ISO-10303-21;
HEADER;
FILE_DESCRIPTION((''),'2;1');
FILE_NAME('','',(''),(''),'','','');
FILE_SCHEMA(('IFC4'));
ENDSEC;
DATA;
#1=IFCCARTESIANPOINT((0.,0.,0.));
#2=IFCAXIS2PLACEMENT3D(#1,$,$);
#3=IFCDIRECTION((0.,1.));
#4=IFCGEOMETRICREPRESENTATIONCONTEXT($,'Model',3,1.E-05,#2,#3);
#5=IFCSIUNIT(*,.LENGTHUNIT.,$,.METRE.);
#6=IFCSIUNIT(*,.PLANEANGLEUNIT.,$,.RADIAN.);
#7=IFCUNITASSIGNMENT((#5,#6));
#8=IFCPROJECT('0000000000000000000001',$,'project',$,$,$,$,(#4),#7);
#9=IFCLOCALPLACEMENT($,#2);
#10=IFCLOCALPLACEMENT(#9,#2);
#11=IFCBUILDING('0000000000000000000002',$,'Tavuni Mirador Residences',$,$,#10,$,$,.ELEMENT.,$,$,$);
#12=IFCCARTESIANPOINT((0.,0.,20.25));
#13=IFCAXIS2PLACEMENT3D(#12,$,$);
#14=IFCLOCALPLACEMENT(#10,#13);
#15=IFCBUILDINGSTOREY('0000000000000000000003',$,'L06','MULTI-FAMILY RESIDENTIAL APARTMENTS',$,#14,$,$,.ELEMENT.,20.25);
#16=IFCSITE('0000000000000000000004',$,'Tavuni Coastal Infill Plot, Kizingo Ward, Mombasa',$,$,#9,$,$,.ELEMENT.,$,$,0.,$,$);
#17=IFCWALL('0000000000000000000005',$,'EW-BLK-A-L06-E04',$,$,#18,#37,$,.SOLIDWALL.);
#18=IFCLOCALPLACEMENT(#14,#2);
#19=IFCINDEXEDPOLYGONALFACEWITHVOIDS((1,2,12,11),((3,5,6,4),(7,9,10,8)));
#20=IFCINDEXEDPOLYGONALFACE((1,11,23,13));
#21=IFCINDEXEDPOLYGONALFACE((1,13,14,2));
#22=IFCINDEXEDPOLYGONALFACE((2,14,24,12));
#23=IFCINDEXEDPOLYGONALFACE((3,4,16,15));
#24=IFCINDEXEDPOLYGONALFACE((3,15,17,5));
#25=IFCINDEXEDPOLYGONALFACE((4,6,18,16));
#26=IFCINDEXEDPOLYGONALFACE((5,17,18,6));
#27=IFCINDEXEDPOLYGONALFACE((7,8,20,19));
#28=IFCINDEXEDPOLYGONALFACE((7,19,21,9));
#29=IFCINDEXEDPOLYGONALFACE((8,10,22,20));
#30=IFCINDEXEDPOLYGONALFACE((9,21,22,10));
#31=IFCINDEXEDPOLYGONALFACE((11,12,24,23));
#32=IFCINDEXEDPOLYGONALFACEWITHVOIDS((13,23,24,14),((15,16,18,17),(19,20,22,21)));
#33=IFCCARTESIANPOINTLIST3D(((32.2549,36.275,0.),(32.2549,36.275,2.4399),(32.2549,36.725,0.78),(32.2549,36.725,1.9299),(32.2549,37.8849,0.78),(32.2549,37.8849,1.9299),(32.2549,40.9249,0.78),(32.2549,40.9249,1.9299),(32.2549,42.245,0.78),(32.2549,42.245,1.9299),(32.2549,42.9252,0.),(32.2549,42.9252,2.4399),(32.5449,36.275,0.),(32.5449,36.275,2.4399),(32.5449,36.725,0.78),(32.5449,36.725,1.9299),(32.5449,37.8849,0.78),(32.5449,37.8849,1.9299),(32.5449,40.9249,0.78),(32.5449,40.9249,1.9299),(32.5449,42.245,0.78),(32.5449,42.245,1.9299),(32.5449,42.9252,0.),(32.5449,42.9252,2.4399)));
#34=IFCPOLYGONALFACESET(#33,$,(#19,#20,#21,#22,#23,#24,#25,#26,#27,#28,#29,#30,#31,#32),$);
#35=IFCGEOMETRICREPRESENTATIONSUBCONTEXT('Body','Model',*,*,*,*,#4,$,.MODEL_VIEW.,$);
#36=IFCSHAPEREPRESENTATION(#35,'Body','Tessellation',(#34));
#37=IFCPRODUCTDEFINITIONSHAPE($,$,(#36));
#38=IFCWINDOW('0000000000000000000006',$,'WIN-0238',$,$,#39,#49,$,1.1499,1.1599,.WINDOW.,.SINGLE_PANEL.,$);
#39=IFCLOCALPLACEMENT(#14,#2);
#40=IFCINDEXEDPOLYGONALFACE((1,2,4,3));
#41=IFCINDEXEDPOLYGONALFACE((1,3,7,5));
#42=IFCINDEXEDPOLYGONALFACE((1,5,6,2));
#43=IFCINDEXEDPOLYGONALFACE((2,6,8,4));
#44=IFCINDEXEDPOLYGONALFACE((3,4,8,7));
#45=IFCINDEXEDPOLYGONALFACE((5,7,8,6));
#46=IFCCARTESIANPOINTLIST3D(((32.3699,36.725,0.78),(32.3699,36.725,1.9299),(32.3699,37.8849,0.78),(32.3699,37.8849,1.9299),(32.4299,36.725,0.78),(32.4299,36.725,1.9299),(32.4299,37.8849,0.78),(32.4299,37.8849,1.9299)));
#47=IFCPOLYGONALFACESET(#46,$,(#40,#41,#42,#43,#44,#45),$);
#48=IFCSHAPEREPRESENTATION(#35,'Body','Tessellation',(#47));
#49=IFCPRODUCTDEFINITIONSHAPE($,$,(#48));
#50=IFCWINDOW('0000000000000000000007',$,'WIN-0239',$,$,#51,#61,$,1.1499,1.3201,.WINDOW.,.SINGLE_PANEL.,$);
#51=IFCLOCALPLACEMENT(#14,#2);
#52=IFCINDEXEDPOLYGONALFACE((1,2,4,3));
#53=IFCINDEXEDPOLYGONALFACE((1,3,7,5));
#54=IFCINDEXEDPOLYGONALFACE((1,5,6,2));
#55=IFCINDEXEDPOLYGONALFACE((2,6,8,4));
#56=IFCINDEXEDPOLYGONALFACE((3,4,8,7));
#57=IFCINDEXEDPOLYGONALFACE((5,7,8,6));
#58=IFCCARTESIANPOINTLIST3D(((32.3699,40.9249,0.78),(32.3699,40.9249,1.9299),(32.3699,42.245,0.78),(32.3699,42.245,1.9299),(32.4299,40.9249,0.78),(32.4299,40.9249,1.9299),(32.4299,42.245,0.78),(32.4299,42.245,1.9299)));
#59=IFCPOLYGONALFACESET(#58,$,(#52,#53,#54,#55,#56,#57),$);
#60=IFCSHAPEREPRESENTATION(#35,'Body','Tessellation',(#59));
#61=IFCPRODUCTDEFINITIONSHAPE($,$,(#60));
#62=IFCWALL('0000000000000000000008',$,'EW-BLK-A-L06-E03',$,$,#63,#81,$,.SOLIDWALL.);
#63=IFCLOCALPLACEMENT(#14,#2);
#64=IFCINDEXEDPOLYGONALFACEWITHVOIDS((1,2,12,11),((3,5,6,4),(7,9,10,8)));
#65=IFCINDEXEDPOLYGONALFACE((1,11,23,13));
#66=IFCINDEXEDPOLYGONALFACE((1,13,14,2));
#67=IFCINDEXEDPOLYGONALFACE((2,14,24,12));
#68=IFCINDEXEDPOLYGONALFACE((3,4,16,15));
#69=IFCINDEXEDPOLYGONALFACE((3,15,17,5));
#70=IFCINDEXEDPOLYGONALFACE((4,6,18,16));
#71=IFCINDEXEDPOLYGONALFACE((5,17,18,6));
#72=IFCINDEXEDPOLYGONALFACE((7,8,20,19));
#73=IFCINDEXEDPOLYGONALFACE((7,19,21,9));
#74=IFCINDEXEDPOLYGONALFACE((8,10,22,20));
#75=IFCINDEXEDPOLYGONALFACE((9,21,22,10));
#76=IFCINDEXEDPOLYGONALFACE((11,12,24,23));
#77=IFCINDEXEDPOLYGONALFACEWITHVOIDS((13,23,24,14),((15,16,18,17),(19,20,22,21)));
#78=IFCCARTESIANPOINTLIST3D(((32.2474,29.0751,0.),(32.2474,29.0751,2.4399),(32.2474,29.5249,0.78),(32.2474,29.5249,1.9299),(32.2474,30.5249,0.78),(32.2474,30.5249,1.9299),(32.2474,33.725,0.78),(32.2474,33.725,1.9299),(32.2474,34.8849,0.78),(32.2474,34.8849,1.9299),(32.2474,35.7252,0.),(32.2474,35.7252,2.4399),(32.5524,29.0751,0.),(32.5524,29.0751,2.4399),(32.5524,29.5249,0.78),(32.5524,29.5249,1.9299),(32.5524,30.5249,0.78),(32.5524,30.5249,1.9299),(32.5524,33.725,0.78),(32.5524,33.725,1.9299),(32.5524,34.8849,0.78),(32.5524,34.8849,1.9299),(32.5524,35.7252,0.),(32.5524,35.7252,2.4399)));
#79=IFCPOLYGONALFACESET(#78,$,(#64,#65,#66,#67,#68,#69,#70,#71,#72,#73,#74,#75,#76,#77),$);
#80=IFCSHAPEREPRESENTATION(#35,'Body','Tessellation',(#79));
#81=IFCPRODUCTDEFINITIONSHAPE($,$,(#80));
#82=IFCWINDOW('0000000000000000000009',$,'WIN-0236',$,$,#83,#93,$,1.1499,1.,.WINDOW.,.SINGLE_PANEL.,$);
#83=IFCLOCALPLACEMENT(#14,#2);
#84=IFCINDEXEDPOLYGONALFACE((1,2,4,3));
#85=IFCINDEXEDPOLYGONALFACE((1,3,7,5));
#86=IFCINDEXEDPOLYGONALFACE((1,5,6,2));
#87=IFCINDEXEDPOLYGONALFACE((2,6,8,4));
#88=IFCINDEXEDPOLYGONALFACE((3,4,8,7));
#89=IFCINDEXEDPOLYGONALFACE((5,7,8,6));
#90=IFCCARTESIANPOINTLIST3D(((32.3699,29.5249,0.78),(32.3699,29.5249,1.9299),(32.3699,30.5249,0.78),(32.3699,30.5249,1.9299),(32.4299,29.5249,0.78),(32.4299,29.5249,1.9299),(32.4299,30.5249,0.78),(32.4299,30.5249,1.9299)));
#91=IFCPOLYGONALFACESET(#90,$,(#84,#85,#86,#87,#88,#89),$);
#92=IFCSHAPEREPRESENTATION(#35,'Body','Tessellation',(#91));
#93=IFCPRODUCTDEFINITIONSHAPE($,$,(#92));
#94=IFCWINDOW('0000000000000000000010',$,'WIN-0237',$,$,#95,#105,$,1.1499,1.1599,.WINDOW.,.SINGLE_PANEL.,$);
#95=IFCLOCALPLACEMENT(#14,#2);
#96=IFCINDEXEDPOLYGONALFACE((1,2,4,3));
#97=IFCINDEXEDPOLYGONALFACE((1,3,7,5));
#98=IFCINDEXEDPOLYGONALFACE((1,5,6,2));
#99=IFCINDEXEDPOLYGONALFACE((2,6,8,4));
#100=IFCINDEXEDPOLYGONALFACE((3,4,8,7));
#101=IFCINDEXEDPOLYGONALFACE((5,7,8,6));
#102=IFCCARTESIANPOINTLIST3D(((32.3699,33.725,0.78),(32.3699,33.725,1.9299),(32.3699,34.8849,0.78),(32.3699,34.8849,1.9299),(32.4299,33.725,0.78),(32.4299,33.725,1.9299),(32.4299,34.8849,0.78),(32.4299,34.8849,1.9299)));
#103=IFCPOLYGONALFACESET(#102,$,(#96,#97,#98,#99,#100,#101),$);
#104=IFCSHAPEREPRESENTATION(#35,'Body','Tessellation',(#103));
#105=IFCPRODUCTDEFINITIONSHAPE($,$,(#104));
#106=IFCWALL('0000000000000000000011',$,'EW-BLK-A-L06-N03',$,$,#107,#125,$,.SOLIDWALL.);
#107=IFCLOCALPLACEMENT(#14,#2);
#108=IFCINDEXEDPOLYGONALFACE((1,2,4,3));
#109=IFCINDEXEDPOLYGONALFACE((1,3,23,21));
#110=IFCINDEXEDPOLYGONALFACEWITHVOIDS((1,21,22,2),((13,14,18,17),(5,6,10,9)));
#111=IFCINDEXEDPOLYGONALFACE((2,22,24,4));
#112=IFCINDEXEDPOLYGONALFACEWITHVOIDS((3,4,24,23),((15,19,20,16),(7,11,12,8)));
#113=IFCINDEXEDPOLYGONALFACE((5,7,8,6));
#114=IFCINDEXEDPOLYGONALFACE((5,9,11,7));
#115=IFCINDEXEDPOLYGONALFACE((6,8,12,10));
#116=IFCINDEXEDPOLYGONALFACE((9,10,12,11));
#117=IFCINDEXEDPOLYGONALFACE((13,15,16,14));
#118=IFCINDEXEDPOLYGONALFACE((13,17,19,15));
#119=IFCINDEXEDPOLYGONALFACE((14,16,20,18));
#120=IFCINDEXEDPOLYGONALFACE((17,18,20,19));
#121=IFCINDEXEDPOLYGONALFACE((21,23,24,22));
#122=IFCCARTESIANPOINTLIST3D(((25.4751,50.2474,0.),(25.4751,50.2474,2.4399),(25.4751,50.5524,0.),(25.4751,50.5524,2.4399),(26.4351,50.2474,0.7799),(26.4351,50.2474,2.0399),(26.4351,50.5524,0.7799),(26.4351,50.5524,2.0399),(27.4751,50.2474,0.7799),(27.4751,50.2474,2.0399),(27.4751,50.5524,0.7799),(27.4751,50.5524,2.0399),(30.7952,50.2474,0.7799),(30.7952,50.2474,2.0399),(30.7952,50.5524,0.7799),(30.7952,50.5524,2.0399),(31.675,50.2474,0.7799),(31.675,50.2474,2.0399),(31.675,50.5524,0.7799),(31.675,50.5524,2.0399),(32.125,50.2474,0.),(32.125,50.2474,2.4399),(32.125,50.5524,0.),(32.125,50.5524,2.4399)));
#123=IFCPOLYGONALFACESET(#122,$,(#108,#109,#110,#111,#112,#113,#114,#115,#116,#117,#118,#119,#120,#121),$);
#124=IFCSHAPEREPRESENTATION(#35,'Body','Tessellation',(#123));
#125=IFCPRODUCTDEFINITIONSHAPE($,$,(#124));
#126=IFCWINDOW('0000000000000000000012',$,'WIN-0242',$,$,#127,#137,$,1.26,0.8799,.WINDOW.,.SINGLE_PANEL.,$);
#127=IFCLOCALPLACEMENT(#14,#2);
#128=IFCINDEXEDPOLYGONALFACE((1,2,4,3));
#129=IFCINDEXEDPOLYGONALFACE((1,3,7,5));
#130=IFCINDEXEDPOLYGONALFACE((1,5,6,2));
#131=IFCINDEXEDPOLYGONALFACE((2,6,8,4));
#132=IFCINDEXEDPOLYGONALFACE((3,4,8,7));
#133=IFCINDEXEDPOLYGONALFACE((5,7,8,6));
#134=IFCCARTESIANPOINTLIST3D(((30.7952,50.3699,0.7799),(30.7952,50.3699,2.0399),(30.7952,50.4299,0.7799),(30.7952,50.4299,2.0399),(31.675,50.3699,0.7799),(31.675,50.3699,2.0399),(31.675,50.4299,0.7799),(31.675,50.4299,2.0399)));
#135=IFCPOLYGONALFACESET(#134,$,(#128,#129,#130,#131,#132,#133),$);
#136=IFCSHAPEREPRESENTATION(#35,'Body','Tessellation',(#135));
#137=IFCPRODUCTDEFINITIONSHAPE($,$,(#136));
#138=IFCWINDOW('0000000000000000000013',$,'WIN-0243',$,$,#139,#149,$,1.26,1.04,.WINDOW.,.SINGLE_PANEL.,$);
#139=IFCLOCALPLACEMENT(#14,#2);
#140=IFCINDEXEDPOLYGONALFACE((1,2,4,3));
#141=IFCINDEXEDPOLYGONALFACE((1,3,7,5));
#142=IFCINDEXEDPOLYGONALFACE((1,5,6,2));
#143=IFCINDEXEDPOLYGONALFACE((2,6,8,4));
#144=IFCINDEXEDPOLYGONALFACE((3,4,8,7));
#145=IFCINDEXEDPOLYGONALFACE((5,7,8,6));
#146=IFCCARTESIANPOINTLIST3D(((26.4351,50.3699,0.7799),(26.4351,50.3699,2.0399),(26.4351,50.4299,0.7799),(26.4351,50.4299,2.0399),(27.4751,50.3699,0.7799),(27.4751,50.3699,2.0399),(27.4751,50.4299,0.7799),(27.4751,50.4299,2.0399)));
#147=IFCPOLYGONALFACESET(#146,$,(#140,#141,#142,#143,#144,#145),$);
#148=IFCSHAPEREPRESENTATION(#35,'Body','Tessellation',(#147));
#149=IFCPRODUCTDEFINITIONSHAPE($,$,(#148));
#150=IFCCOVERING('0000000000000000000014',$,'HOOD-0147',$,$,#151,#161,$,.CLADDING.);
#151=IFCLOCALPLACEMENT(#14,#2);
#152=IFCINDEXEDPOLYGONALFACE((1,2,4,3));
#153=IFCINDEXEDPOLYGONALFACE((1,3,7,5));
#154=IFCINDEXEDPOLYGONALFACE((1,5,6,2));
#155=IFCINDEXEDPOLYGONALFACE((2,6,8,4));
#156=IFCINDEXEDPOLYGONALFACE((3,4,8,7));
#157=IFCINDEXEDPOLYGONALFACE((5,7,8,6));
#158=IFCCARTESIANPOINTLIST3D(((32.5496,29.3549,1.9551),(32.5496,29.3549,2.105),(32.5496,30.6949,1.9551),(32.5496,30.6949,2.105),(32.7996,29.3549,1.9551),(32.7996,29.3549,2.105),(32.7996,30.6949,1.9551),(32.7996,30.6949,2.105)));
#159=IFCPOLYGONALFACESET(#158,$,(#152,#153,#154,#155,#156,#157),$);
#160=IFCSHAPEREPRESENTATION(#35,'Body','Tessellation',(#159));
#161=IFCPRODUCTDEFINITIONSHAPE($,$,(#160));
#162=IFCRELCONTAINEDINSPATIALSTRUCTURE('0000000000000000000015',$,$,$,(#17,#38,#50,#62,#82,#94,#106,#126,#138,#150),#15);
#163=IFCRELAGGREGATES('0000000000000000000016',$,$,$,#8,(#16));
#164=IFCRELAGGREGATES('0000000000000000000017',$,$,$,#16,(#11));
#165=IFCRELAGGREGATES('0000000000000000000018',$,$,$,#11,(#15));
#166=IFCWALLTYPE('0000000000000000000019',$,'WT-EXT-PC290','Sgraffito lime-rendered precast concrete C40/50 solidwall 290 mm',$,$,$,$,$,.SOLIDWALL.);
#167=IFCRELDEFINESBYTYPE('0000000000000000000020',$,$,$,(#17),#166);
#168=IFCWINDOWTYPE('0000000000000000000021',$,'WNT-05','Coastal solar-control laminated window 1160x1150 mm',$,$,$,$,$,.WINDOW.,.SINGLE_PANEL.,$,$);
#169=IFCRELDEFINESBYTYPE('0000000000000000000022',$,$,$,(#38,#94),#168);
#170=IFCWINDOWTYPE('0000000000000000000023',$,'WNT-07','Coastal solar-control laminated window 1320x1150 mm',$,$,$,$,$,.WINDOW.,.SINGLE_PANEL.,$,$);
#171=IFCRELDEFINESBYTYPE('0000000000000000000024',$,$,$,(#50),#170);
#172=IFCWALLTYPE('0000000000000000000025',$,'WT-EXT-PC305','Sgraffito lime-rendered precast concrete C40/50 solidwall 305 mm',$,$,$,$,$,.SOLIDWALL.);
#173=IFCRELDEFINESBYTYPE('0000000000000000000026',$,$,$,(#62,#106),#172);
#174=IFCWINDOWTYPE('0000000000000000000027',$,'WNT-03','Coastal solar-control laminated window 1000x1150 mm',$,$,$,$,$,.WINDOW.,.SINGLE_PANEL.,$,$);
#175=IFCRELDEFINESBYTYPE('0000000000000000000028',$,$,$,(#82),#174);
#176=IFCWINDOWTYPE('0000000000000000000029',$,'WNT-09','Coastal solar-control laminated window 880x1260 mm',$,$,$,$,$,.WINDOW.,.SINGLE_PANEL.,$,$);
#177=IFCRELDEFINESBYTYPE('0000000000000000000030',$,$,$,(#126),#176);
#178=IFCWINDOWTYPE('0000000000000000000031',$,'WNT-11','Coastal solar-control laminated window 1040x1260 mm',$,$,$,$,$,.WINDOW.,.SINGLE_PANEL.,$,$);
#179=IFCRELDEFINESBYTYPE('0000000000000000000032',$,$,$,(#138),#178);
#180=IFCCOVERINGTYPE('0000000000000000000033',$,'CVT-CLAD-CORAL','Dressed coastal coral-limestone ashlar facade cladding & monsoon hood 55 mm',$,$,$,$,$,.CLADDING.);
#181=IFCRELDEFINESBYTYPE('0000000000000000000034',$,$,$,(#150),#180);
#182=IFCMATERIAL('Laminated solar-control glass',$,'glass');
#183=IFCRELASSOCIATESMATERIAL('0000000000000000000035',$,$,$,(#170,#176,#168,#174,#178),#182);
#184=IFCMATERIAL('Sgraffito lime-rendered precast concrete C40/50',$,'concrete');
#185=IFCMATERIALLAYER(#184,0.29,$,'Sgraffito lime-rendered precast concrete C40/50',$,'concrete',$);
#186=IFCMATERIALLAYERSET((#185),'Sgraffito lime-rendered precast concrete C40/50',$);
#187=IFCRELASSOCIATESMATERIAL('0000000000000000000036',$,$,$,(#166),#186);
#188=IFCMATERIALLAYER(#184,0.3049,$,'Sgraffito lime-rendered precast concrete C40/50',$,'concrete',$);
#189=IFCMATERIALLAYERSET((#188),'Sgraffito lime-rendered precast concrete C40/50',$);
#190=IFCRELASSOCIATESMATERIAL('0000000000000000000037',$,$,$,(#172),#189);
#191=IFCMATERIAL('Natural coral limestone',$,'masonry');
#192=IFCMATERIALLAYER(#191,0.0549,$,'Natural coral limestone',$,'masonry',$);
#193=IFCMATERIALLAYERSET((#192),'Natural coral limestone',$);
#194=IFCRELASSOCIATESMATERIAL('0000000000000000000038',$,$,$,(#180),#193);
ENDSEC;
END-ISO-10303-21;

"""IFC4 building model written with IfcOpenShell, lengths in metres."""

from ifc_helpers import new_model, si_unit, direction, frame, frame_2d, origin, origin_2d, place, context, subcontext, project, spatial, rectangle, extrude, material, layer, layer_set, type_object, element, fill, save


model = new_model("IFC4")

# Units and contexts
model_context = context("Model", 3, precision=1e-05, world=origin(), true_north=direction((0.0, 1.0)))
body_context = subcontext(model_context, "Body", "Model", "MODEL_VIEW")
ifc_project = project(units=[si_unit("LENGTHUNIT", "METRE"), si_unit("PLANEANGLEUNIT", "RADIAN")], contexts=[model_context])

# Site, building, storey
site_placement = place(None, origin())
site = spatial("IfcSite", under=ifc_project, at=site_placement, Name="Tavuni Coastal Infill Plot, Kizingo Ward, Mombasa", CompositionType="ELEMENT", RefElevation=0.0)
building_placement = place(site_placement, origin())
building = spatial("IfcBuilding", under=site, at=building_placement, Name="Tavuni Mirador Residences", CompositionType="ELEMENT")
storey_placement = place(building_placement, frame((0.0, 0.0, 20.25)))
storey = spatial("IfcBuildingStorey", under=building, at=storey_placement, Name="L06", Description="MULTI-FAMILY RESIDENTIAL APARTMENTS", CompositionType="ELEMENT", Elevation=20.25)

# Walls, openings, windows
ifc_material_1 = material(Name="Sgraffito lime-rendered precast concrete C40/50", Category="concrete")
ifc_material_2 = material(Name="Laminated solar-control glass", Category="glass")
window_type_1 = type_object("IfcWindowType", Name="WNT-07", Description="Coastal solar-control laminated window 1320x1150 mm", PartitioningType="SINGLE_PANEL", PredefinedType="WINDOW", material=ifc_material_2)
window_type_2 = type_object("IfcWindowType", Name="WNT-09", Description="Coastal solar-control laminated window 880x1260 mm", PartitioningType="SINGLE_PANEL", PredefinedType="WINDOW", material=ifc_material_2)
ifc_layer_1 = layer(ifc_material_1, 0.29, Name="Sgraffito lime-rendered precast concrete C40/50", Category="concrete")
ifc_layer_set_1 = layer_set([ifc_layer_1], Name="Sgraffito lime-rendered precast concrete C40/50")
wall_type_1 = type_object("IfcWallType", Name="WT-EXT-PC290", Description="Sgraffito lime-rendered precast concrete C40/50 solidwall 290 mm", PredefinedType="SOLIDWALL", material=ifc_layer_set_1)
wall_1_placement = place(storey_placement, frame((32.3999, 36.2749, 0.0), z_axis=(0.0, 0.0, 1.0), x_axis=(0.0, 1.0, 0.0)))
wall_1 = element("IfcWall", 1, at=wall_1_placement, inside=storey, type_object=wall_type_1, Name="EW-BLK-A-L06-E04", PredefinedType="SOLIDWALL", context=body_context, shape_type="SweptSolid", body=[
    extrude(rectangle(XDim=6.6501, YDim=0.29, at=frame_2d((3.3252, 0.0))), origin(), (0.0, 0.0, 1.0), 2.4399),
])
opening_1_placement = place(wall_1_placement, frame((0.45, 0.0, 0.78)))
opening_1 = element("IfcOpeningElement", 2, at=opening_1_placement, cuts=wall_1, PredefinedType="OPENING", context=body_context, shape_type="SweptSolid", body=[
    extrude(rectangle(XDim=1.1599, YDim=1.1499, at=frame_2d((0.5801, 0.575))), frame((0.0, 0.155, 0.0), z_axis=(0.0, -1.0, 0.0), x_axis=(1.0, 0.0, 0.0)), (0.0, 0.0, 1.0), 0.3101),
])
opening_2_placement = place(wall_1_placement, frame((4.6499, 0.0, 0.78)))
opening_2 = element("IfcOpeningElement", 3, at=opening_2_placement, cuts=wall_1, PredefinedType="OPENING", context=body_context, shape_type="SweptSolid", body=[
    extrude(rectangle(XDim=1.3201, YDim=1.1499, at=frame_2d((0.6602, 0.575))), frame((0.0, 0.155, 0.0), z_axis=(0.0, -1.0, 0.0), x_axis=(1.0, 0.0, 0.0)), (0.0, 0.0, 1.0), 0.3101),
])
window_type_3 = type_object("IfcWindowType", Name="WNT-05", Description="Coastal solar-control laminated window 1160x1150 mm", PartitioningType="SINGLE_PANEL", PredefinedType="WINDOW", material=ifc_material_2)
window_1_placement = place(opening_1_placement, origin())
window_1 = element("IfcWindow", 4, at=window_1_placement, inside=storey, type_object=window_type_3, Name="WIN-0238", OverallHeight=1.1499, OverallWidth=1.1599, PartitioningType="SINGLE_PANEL", PredefinedType="WINDOW", context=body_context, shape_type="SweptSolid", body=[
    extrude(rectangle(XDim=1.1599, YDim=1.1499, at=frame_2d((0.5801, 0.575))), frame((0.0, 0.03, 0.0), z_axis=(0.0, -1.0, 0.0), x_axis=(1.0, 0.0, 0.0)), (0.0, 0.0, 1.0), 0.0601),
])
fill(opening_1, window_1)
window_2_placement = place(opening_2_placement, origin())
window_2 = element("IfcWindow", 5, at=window_2_placement, inside=storey, type_object=window_type_1, Name="WIN-0239", OverallHeight=1.1499, OverallWidth=1.3201, PartitioningType="SINGLE_PANEL", PredefinedType="WINDOW", context=body_context, shape_type="SweptSolid", body=[
    extrude(rectangle(XDim=1.3201, YDim=1.1499, at=frame_2d((0.6602, 0.575))), frame((0.0, 0.03, 0.0), z_axis=(0.0, -1.0, 0.0), x_axis=(1.0, 0.0, 0.0)), (0.0, 0.0, 1.0), 0.0601),
])
fill(opening_2, window_2)
ifc_layer_2 = layer(ifc_material_1, 0.3049, Name="Sgraffito lime-rendered precast concrete C40/50", Category="concrete")
ifc_layer_set_2 = layer_set([ifc_layer_2], Name="Sgraffito lime-rendered precast concrete C40/50")
wall_type_2 = type_object("IfcWallType", Name="WT-EXT-PC305", Description="Sgraffito lime-rendered precast concrete C40/50 solidwall 305 mm", PredefinedType="SOLIDWALL", material=ifc_layer_set_2)
wall_2_placement = place(storey_placement, frame((32.3999, 29.075, 0.0), z_axis=(0.0, 0.0, 1.0), x_axis=(0.0, 1.0, 0.0)))
wall_2 = element("IfcWall", 6, at=wall_2_placement, inside=storey, type_object=wall_type_2, Name="EW-BLK-A-L06-E03", PredefinedType="SOLIDWALL", context=body_context, shape_type="SweptSolid", body=[
    extrude(rectangle(XDim=6.6501, YDim=0.3049, at=frame_2d((3.3252, 0.0))), origin(), (0.0, 0.0, 1.0), 2.4399),
])
opening_3_placement = place(wall_2_placement, frame((0.45, 0.0, 0.78)))
opening_3 = element("IfcOpeningElement", 7, at=opening_3_placement, cuts=wall_2, PredefinedType="OPENING", context=body_context, shape_type="SweptSolid", body=[
    extrude(rectangle(XDim=1.0, YDim=1.1499, at=frame_2d((0.5, 0.575))), frame((0.0, 0.1626, 0.0), z_axis=(0.0, -1.0, 0.0), x_axis=(1.0, 0.0, 0.0)), (0.0, 0.0, 1.0), 0.325),
])
opening_4_placement = place(wall_2_placement, frame((4.6499, 0.0, 0.78)))
opening_4 = element("IfcOpeningElement", 8, at=opening_4_placement, cuts=wall_2, PredefinedType="OPENING", context=body_context, shape_type="SweptSolid", body=[
    extrude(rectangle(XDim=1.1599, YDim=1.1499, at=frame_2d((0.5801, 0.575))), frame((0.0, 0.1626, 0.0), z_axis=(0.0, -1.0, 0.0), x_axis=(1.0, 0.0, 0.0)), (0.0, 0.0, 1.0), 0.325),
])
window_type_4 = type_object("IfcWindowType", Name="WNT-03", Description="Coastal solar-control laminated window 1000x1150 mm", PartitioningType="SINGLE_PANEL", PredefinedType="WINDOW", material=ifc_material_2)
window_3_placement = place(opening_3_placement, origin())
window_3 = element("IfcWindow", 9, at=window_3_placement, inside=storey, type_object=window_type_4, Name="WIN-0236", OverallHeight=1.1499, OverallWidth=1.0, PartitioningType="SINGLE_PANEL", PredefinedType="WINDOW", context=body_context, shape_type="SweptSolid", body=[
    extrude(rectangle(XDim=1.0, YDim=1.1499, at=frame_2d((0.5, 0.575))), frame((0.0, 0.03, 0.0), z_axis=(0.0, -1.0, 0.0), x_axis=(1.0, 0.0, 0.0)), (0.0, 0.0, 1.0), 0.0601),
])
fill(opening_3, window_3)
window_4_placement = place(opening_4_placement, origin())
window_4 = element("IfcWindow", 10, at=window_4_placement, inside=storey, type_object=window_type_3, Name="WIN-0237", OverallHeight=1.1499, OverallWidth=1.1599, PartitioningType="SINGLE_PANEL", PredefinedType="WINDOW", context=body_context, shape_type="SweptSolid", body=[
    extrude(rectangle(XDim=1.1599, YDim=1.1499, at=frame_2d((0.5801, 0.575))), frame((0.0, 0.03, 0.0), z_axis=(0.0, -1.0, 0.0), x_axis=(1.0, 0.0, 0.0)), (0.0, 0.0, 1.0), 0.0601),
])
fill(opening_4, window_4)
wall_3_placement = place(storey_placement, frame((32.125, 50.3999, 0.0), z_axis=(0.0, 0.0, 1.0), x_axis=(-1.0, 0.0, 0.0)))
wall_3 = element("IfcWall", 11, at=wall_3_placement, inside=storey, type_object=wall_type_2, Name="EW-BLK-A-L06-N03", PredefinedType="SOLIDWALL", context=body_context, shape_type="SweptSolid", body=[
    extrude(rectangle(XDim=6.6499, YDim=0.3049, at=frame_2d((3.325, 0.0))), origin(), (0.0, 0.0, 1.0), 2.4399),
])
opening_5_placement = place(wall_3_placement, frame((0.45, 0.0, 0.78)))
opening_5 = element("IfcOpeningElement", 12, at=opening_5_placement, cuts=wall_3, PredefinedType="OPENING", context=body_context, shape_type="SweptSolid", body=[
    extrude(rectangle(XDim=0.8799, YDim=1.26, at=frame_2d((0.4399, 0.6299))), frame((0.0, 0.1626, 0.0), z_axis=(0.0, -1.0, 0.0), x_axis=(1.0, 0.0, 0.0)), (0.0, 0.0, 1.0), 0.325),
])
opening_6_placement = place(wall_3_placement, frame((4.6499, 0.0, 0.78)))
opening_6 = element("IfcOpeningElement", 13, at=opening_6_placement, cuts=wall_3, PredefinedType="OPENING", context=body_context, shape_type="SweptSolid", body=[
    extrude(rectangle(XDim=1.04, YDim=1.26, at=frame_2d((0.52, 0.6299))), frame((0.0, 0.1626, 0.0), z_axis=(0.0, -1.0, 0.0), x_axis=(1.0, 0.0, 0.0)), (0.0, 0.0, 1.0), 0.325),
])
window_5_placement = place(opening_5_placement, origin())
window_5 = element("IfcWindow", 14, at=window_5_placement, inside=storey, type_object=window_type_2, Name="WIN-0242", OverallHeight=1.26, OverallWidth=0.8799, PartitioningType="SINGLE_PANEL", PredefinedType="WINDOW", context=body_context, shape_type="SweptSolid", body=[
    extrude(rectangle(XDim=0.8799, YDim=1.26, at=frame_2d((0.4399, 0.6299))), frame((0.0, 0.03, 0.0), z_axis=(0.0, -1.0, 0.0), x_axis=(1.0, 0.0, 0.0)), (0.0, 0.0, 1.0), 0.0601),
])
fill(opening_5, window_5)
window_type_5 = type_object("IfcWindowType", Name="WNT-11", Description="Coastal solar-control laminated window 1040x1260 mm", PartitioningType="SINGLE_PANEL", PredefinedType="WINDOW", material=ifc_material_2)
window_6_placement = place(opening_6_placement, origin())
window_6 = element("IfcWindow", 15, at=window_6_placement, inside=storey, type_object=window_type_5, Name="WIN-0243", OverallHeight=1.26, OverallWidth=1.04, PartitioningType="SINGLE_PANEL", PredefinedType="WINDOW", context=body_context, shape_type="SweptSolid", body=[
    extrude(rectangle(XDim=1.04, YDim=1.26, at=frame_2d((0.52, 0.6299))), frame((0.0, 0.03, 0.0), z_axis=(0.0, -1.0, 0.0), x_axis=(1.0, 0.0, 0.0)), (0.0, 0.0, 1.0), 0.0601),
])
fill(opening_6, window_6)

# Covering
ifc_material_3 = material(Name="Natural coral limestone", Category="masonry")
ifc_layer_3 = layer(ifc_material_3, 0.0549, Name="Natural coral limestone", Category="masonry")
ifc_layer_set_3 = layer_set([ifc_layer_3], Name="Natural coral limestone")
covering_type = type_object("IfcCoveringType", Name="CVT-CLAD-CORAL", Description="Dressed coastal coral-limestone ashlar facade cladding & monsoon hood 55 mm", PredefinedType="CLADDING", material=ifc_layer_set_3)
covering_1_placement = place(storey_placement, frame((32.6746, 30.0249, 1.9551), z_axis=(0.0, 0.0, 1.0), x_axis=(0.0, 1.0, 0.0)))
element("IfcCovering", 16, at=covering_1_placement, inside=storey, type_object=covering_type, Name="HOOD-0147", PredefinedType="CLADDING", context=body_context, shape_type="SweptSolid", body=[
    extrude(rectangle(XDim=1.3401, YDim=0.25, at=origin_2d()), origin(), (0.0, 0.0, 1.0), 0.1499),
])

save(model, "model.ifc")
